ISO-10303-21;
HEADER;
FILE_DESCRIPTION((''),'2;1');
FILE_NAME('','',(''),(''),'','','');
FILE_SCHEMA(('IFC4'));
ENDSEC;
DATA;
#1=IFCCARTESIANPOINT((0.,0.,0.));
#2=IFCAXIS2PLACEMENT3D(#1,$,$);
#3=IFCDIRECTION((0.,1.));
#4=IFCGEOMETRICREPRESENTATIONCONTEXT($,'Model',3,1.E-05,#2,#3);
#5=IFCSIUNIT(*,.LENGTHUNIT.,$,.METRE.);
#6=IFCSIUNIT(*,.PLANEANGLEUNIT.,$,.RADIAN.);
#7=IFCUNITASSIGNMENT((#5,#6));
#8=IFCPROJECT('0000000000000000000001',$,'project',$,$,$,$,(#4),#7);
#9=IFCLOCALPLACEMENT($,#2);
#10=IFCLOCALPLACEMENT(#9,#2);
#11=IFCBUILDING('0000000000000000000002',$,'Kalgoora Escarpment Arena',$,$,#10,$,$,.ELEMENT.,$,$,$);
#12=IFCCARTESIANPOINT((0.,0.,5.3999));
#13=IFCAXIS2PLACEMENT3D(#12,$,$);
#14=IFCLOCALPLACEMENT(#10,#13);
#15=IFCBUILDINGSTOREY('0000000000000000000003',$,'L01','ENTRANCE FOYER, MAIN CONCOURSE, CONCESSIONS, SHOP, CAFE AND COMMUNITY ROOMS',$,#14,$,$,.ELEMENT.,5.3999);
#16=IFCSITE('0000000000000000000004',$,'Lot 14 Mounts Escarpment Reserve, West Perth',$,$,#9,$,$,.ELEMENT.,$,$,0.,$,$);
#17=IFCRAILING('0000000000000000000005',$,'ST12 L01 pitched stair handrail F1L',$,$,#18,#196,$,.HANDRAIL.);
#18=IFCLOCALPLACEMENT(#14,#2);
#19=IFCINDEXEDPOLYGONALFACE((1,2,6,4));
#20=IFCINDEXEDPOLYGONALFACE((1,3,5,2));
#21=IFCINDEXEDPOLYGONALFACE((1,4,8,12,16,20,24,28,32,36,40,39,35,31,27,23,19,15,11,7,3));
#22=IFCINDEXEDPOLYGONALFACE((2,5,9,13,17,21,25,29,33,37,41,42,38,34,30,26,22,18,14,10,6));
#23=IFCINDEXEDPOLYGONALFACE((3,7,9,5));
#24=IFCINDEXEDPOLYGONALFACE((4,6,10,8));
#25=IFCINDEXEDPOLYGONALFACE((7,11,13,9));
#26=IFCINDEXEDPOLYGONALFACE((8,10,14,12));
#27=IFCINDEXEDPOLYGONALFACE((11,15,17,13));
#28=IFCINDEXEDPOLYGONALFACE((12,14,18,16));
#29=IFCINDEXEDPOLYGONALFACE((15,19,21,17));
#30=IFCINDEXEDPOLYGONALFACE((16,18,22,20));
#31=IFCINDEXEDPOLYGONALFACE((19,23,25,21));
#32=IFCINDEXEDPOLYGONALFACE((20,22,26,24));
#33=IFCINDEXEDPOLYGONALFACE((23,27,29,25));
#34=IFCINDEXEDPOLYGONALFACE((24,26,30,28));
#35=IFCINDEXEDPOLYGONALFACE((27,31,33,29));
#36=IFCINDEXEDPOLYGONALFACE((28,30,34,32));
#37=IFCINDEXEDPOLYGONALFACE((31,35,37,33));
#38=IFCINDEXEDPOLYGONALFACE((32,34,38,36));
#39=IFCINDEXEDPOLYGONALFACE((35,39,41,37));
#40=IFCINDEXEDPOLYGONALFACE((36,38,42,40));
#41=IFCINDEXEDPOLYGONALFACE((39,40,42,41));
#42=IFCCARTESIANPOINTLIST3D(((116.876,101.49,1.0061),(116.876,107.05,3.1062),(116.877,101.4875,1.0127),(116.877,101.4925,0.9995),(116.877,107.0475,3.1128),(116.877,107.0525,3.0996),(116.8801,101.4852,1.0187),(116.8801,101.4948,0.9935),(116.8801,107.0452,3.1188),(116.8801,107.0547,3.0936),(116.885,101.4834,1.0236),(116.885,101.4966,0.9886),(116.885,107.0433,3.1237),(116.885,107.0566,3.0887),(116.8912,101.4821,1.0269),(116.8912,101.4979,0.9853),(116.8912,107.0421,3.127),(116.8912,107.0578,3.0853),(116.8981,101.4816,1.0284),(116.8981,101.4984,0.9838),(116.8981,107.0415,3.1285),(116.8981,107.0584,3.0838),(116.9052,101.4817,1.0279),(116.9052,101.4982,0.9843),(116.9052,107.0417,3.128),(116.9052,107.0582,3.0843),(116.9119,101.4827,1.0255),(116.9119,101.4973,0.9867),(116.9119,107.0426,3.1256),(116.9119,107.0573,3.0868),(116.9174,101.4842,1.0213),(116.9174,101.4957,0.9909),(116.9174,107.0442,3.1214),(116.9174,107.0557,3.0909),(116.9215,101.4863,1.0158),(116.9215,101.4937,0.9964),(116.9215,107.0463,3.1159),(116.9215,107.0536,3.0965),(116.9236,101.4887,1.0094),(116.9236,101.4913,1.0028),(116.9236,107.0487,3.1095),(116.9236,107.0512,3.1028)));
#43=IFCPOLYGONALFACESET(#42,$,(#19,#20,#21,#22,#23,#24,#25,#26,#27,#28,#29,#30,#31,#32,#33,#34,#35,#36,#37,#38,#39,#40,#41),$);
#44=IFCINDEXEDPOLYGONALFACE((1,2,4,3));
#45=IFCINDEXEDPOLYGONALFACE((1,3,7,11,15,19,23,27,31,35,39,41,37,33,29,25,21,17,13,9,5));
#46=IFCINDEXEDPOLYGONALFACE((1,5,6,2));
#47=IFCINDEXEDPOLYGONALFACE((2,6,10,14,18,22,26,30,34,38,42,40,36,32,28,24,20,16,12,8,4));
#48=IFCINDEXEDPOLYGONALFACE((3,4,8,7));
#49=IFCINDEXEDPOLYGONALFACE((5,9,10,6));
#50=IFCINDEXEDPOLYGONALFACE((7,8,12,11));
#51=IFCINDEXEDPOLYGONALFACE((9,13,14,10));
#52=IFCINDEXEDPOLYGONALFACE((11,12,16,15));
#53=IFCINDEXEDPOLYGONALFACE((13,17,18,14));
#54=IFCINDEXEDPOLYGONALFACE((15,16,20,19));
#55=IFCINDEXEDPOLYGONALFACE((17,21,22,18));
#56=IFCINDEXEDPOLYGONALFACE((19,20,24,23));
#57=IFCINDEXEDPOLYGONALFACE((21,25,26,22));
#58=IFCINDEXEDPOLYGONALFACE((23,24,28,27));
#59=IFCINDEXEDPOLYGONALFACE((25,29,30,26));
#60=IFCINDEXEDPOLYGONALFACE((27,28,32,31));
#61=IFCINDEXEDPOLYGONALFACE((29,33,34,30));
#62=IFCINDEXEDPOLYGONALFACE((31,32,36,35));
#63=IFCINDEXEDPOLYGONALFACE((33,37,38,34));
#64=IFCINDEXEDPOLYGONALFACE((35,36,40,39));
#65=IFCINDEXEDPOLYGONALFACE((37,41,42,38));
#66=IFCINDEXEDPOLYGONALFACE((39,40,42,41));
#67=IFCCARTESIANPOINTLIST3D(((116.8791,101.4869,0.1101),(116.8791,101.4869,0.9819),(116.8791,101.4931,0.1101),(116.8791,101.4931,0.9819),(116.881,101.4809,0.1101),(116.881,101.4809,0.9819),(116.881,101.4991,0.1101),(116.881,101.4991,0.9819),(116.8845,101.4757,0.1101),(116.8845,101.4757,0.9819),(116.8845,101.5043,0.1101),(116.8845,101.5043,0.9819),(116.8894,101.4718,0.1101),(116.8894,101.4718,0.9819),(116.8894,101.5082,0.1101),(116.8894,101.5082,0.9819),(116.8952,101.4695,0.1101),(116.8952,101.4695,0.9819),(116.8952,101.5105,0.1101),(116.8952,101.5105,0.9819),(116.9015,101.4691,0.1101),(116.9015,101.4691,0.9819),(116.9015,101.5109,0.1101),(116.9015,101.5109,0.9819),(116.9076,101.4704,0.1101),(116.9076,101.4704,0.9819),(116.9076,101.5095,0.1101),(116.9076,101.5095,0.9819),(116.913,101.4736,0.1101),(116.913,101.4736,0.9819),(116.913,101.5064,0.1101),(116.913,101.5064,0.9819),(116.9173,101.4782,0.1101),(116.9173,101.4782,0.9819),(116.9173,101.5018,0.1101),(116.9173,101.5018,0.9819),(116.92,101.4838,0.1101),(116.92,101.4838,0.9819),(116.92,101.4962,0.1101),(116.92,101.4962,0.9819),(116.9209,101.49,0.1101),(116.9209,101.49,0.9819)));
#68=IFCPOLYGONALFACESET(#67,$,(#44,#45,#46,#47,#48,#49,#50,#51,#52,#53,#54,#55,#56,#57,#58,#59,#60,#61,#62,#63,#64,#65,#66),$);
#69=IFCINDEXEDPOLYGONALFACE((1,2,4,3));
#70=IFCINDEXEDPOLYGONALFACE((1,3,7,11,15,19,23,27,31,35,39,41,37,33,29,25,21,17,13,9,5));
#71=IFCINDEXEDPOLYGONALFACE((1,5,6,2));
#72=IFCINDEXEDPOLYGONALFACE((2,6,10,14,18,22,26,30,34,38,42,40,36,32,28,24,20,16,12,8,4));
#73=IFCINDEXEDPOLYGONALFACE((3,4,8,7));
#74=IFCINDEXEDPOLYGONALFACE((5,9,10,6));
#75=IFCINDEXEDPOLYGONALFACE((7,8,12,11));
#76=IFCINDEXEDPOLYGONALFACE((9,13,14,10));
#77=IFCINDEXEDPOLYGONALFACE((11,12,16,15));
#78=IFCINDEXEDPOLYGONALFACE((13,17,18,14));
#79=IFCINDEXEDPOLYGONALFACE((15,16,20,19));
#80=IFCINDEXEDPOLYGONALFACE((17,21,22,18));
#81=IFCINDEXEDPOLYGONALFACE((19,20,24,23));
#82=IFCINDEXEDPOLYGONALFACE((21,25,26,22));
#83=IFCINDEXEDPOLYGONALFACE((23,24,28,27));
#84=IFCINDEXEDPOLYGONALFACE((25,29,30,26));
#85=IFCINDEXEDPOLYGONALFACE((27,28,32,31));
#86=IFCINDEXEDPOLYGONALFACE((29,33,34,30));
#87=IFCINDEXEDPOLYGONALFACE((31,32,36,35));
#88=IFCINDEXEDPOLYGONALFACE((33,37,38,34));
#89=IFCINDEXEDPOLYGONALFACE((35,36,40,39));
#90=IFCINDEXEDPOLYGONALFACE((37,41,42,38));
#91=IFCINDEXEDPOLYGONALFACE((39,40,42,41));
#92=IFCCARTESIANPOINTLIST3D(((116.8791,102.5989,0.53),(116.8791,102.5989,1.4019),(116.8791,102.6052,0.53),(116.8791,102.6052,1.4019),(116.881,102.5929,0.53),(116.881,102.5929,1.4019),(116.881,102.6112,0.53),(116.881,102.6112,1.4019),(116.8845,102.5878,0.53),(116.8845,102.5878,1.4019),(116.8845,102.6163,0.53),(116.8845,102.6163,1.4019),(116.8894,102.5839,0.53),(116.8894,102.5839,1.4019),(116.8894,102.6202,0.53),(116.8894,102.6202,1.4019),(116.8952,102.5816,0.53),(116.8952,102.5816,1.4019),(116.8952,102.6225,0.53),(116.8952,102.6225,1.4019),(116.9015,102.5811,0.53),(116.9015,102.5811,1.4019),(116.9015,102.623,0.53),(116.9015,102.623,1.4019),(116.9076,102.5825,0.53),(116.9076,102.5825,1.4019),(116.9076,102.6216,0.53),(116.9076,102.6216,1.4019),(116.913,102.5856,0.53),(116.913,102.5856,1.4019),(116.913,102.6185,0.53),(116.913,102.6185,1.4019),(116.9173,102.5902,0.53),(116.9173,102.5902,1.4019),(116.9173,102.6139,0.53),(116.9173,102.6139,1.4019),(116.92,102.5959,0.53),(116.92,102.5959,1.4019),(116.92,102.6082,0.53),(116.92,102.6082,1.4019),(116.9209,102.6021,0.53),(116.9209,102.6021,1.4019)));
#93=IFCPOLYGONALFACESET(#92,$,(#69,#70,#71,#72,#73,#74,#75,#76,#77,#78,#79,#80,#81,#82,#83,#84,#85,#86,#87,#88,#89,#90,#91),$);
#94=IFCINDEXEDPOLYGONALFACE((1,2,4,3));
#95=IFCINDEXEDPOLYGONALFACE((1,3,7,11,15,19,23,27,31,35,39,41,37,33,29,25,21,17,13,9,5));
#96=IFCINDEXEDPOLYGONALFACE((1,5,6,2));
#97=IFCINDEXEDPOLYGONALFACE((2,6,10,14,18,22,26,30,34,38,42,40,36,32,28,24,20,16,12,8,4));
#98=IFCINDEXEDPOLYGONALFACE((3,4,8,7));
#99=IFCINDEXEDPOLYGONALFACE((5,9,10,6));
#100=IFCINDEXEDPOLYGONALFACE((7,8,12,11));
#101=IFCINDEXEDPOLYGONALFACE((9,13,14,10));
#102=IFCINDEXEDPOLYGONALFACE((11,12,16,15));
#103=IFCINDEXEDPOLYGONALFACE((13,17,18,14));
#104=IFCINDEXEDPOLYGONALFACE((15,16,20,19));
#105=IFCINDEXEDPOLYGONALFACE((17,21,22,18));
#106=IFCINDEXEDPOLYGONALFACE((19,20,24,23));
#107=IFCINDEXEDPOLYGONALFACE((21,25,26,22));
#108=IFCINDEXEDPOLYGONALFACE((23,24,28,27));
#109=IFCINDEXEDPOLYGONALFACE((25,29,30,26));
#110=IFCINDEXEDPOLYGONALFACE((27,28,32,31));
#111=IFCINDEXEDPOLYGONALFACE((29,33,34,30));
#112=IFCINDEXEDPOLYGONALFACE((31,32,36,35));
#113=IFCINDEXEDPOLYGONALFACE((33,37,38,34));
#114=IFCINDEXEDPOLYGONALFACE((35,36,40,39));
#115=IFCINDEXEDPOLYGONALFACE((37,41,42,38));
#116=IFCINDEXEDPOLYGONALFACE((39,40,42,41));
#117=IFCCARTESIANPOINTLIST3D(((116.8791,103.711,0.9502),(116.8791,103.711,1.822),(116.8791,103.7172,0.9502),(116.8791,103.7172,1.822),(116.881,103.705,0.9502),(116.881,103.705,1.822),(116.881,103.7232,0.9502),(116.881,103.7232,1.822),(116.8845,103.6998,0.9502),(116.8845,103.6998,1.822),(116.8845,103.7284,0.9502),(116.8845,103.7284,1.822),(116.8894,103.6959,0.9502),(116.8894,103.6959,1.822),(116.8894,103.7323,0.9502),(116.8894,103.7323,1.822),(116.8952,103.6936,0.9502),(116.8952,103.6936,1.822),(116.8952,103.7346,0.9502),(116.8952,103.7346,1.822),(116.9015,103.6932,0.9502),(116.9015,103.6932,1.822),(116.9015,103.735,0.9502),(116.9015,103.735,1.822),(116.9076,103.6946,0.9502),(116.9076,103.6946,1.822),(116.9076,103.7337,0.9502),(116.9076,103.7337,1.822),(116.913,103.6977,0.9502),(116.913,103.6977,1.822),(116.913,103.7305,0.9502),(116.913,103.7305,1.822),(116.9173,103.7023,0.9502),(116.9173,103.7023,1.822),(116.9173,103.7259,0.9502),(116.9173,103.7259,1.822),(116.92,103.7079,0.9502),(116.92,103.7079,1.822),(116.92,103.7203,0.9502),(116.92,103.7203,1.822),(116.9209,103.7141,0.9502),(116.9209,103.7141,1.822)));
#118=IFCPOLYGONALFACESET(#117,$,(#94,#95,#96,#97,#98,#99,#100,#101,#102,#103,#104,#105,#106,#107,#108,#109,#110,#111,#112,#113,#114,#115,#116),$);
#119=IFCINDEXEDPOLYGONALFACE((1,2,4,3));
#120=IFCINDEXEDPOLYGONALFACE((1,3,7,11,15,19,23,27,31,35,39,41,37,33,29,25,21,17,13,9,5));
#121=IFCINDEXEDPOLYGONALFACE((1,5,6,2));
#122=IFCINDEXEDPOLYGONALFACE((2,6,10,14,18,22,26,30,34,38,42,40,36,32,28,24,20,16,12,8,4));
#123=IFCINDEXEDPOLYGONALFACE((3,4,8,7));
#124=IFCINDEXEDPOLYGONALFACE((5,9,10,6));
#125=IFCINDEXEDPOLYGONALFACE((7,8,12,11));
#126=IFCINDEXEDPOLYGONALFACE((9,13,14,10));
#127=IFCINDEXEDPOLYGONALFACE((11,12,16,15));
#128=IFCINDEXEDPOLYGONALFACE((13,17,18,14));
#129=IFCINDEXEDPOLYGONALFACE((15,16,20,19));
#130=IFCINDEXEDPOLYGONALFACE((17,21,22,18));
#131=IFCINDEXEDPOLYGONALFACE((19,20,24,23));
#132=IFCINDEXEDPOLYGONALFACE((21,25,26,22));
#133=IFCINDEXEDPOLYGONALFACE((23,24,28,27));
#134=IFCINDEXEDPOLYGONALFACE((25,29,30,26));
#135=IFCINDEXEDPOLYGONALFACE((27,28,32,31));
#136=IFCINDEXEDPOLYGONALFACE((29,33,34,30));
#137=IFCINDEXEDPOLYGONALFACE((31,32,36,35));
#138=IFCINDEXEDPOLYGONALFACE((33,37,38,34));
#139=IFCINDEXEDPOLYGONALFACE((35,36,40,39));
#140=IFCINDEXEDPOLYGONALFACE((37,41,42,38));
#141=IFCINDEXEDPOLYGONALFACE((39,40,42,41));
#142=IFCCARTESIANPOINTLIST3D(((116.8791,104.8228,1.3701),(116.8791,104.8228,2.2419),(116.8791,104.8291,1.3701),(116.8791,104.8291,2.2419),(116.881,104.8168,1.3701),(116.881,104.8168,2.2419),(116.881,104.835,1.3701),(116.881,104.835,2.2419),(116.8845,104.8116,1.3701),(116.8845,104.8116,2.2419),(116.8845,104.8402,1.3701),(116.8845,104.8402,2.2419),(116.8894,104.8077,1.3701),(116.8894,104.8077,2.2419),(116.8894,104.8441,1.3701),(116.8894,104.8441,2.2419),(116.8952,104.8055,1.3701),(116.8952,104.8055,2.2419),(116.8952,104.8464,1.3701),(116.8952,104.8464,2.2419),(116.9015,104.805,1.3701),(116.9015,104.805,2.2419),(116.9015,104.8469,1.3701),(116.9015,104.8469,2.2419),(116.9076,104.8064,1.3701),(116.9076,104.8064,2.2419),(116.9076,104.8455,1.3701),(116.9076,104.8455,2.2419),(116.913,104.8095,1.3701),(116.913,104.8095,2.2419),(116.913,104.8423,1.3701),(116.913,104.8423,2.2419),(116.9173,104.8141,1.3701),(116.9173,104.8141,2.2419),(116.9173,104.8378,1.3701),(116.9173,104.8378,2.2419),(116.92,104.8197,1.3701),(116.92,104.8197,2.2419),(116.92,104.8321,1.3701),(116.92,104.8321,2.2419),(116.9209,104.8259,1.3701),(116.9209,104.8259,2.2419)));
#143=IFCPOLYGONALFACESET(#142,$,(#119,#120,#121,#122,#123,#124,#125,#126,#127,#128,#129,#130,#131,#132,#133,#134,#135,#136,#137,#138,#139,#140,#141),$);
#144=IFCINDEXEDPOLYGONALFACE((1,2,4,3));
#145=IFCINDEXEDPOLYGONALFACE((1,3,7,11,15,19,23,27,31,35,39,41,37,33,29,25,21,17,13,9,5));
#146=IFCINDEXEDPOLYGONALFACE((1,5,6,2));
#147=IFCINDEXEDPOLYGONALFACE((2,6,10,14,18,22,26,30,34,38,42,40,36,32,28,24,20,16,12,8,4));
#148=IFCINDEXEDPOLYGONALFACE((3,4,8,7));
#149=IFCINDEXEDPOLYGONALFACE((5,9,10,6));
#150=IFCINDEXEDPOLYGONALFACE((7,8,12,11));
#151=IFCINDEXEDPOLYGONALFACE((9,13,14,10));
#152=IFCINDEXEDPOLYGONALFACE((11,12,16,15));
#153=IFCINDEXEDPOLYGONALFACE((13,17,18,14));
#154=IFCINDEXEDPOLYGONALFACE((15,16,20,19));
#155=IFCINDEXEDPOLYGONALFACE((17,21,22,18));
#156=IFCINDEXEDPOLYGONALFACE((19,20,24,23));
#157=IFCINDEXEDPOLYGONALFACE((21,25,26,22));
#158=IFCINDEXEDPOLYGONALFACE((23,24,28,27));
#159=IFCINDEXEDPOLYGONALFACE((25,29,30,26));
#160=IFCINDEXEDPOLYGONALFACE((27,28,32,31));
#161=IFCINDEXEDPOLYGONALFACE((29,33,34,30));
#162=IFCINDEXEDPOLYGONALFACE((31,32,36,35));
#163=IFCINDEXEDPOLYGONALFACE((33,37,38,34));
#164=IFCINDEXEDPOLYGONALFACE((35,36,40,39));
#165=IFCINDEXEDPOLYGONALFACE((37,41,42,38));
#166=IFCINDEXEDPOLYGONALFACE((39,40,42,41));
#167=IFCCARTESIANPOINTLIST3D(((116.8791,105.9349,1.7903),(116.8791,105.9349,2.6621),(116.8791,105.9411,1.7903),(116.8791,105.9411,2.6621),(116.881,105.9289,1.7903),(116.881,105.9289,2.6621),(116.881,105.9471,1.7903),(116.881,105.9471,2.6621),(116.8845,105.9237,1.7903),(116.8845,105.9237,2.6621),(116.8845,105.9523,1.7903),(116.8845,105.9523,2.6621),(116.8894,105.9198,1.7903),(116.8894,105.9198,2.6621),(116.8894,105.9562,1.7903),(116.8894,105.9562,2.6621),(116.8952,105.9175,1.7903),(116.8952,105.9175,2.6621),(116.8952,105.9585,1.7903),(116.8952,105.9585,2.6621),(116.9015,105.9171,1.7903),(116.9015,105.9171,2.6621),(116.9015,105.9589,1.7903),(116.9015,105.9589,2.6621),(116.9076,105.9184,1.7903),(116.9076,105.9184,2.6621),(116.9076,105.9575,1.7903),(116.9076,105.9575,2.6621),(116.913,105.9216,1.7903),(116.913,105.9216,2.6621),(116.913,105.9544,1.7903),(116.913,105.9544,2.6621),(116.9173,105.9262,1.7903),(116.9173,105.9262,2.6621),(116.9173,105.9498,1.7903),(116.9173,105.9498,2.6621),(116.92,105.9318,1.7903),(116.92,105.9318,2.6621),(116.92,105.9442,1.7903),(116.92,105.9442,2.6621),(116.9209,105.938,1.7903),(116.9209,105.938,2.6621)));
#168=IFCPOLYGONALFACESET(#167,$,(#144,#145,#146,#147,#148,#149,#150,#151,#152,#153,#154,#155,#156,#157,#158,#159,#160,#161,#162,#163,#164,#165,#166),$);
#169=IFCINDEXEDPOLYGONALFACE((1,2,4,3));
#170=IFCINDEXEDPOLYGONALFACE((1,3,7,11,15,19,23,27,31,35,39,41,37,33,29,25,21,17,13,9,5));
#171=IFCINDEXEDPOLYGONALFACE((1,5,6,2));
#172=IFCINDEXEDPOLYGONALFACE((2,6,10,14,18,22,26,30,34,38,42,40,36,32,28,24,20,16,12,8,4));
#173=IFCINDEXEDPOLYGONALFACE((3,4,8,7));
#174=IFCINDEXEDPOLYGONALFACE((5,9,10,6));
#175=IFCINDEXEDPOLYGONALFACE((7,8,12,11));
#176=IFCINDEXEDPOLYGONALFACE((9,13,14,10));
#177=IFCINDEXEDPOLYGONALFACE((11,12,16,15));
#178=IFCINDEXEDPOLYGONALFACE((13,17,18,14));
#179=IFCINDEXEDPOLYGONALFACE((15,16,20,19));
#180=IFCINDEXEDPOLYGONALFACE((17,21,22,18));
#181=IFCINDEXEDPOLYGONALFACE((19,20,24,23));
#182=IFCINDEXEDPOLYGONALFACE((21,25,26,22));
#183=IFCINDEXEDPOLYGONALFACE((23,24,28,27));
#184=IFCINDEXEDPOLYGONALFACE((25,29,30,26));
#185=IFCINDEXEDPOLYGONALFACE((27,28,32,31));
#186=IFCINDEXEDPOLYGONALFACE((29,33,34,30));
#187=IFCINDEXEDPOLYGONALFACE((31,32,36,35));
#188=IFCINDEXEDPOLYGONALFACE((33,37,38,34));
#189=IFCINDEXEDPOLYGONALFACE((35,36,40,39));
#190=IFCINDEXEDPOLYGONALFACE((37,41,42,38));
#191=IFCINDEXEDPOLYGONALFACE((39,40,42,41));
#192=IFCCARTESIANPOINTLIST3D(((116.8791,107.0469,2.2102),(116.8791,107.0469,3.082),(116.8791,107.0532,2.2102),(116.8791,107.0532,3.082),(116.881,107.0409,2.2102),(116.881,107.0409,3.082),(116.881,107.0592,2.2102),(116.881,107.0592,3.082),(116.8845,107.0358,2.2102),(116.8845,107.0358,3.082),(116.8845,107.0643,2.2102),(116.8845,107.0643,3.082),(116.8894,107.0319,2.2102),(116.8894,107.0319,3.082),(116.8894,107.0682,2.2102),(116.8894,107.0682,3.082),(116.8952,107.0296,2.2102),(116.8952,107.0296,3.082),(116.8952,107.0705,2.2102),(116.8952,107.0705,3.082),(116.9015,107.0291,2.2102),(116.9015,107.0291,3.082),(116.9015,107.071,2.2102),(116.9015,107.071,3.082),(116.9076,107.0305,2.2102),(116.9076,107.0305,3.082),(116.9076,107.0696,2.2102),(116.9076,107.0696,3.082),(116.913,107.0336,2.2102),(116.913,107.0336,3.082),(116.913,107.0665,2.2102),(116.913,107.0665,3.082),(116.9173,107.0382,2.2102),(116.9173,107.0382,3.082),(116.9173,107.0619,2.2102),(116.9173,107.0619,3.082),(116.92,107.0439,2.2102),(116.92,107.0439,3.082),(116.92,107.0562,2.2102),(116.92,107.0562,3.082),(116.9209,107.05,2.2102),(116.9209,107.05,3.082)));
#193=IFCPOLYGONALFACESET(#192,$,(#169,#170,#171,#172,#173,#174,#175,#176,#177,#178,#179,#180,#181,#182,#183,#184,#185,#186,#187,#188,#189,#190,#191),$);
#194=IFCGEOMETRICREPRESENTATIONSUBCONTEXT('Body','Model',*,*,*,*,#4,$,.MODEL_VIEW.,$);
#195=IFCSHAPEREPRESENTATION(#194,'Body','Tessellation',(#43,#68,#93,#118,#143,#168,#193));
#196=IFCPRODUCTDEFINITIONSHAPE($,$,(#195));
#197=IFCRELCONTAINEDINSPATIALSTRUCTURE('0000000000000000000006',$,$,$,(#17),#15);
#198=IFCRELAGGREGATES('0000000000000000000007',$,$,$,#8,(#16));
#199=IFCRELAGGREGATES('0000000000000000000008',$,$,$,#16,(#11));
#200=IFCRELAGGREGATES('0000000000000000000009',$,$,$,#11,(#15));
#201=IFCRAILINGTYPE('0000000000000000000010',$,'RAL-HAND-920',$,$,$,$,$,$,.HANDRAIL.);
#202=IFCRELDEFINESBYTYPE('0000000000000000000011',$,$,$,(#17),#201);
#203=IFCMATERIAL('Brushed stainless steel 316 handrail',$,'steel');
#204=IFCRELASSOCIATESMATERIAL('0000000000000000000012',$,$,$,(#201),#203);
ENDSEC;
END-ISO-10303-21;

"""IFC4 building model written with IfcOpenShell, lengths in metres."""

from ifc_helpers import new_model, si_unit, direction, frame, origin, origin_2d, place, context, subcontext, project, spatial, circle, extrude, material, type_object, element, save


model = new_model("IFC4")

# Units and contexts
model_context = context("Model", 3, precision=1e-05, world=origin(), true_north=direction((0.0, 1.0)))
body_context = subcontext(model_context, "Body", "Model", "MODEL_VIEW")
ifc_project = project(units=[si_unit("LENGTHUNIT", "METRE"), si_unit("PLANEANGLEUNIT", "RADIAN")], contexts=[model_context])

# Site, building, storey
site_placement = place(None, origin())
site = spatial("IfcSite", under=ifc_project, at=site_placement, Name="Lot 14 Mounts Escarpment Reserve, West Perth", CompositionType="ELEMENT", RefElevation=0.0)
building_placement = place(site_placement, origin())
building = spatial("IfcBuilding", under=site, at=building_placement, Name="Kalgoora Escarpment Arena", CompositionType="ELEMENT")
storey_placement = place(building_placement, frame((0.0, 0.0, 5.3999)))
storey = spatial("IfcBuildingStorey", under=building, at=storey_placement, Name="L01", Description="ENTRANCE FOYER, MAIN CONCOURSE, CONCESSIONS, SHOP, CAFE AND COMMUNITY ROOMS", CompositionType="ELEMENT", Elevation=5.3999)

# Railing
ifc_material_1 = material(Name="Brushed stainless steel 316 handrail", Category="steel")
railing_type_1 = type_object("IfcRailingType", Name="RAL-HAND-920", PredefinedType="HANDRAIL", material=ifc_material_1)
for number, where, name in (
    (1, (116.8999, 101.49, 0.1101), "ST12 L01 pitched stair handrail F1L"),
):
    element("IfcRailing", number, at=place(storey_placement, frame(where)), inside=storey, type_object=railing_type_1, Name=name, PredefinedType="HANDRAIL", context=body_context, shape_type="SweptSolid", body=[
        extrude(circle(Radius=0.0239, at=origin_2d()), frame((0.0, 0.0, 0.896), z_axis=(0.0, 0.935493, 0.353346), x_axis=(-1.0, 0.0, 0.0)), (0.0, 0.0, 1.0), 5.9434),
        extrude(circle(Radius=0.021, at=origin_2d()), origin(), (0.0, 0.0, 1.0), 0.8718),
        extrude(circle(Radius=0.021, at=origin_2d()), frame((0.0, 1.1121, 0.4199)), (0.0, 0.0, 1.0), 0.8718),
        extrude(circle(Radius=0.021, at=origin_2d()), frame((0.0, 2.2241, 0.8401)), (0.0, 0.0, 1.0), 0.8718),
        extrude(circle(Radius=0.021, at=origin_2d()), frame((0.0, 3.3359, 1.26)), (0.0, 0.0, 1.0), 0.8718),
        extrude(circle(Radius=0.021, at=origin_2d()), frame((0.0, 4.448, 1.6802)), (0.0, 0.0, 1.0), 0.8718),
        extrude(circle(Radius=0.021, at=origin_2d()), frame((0.0, 5.5601, 2.1001)), (0.0, 0.0, 1.0), 0.8718),
    ])

save(model, "model.ifc")
